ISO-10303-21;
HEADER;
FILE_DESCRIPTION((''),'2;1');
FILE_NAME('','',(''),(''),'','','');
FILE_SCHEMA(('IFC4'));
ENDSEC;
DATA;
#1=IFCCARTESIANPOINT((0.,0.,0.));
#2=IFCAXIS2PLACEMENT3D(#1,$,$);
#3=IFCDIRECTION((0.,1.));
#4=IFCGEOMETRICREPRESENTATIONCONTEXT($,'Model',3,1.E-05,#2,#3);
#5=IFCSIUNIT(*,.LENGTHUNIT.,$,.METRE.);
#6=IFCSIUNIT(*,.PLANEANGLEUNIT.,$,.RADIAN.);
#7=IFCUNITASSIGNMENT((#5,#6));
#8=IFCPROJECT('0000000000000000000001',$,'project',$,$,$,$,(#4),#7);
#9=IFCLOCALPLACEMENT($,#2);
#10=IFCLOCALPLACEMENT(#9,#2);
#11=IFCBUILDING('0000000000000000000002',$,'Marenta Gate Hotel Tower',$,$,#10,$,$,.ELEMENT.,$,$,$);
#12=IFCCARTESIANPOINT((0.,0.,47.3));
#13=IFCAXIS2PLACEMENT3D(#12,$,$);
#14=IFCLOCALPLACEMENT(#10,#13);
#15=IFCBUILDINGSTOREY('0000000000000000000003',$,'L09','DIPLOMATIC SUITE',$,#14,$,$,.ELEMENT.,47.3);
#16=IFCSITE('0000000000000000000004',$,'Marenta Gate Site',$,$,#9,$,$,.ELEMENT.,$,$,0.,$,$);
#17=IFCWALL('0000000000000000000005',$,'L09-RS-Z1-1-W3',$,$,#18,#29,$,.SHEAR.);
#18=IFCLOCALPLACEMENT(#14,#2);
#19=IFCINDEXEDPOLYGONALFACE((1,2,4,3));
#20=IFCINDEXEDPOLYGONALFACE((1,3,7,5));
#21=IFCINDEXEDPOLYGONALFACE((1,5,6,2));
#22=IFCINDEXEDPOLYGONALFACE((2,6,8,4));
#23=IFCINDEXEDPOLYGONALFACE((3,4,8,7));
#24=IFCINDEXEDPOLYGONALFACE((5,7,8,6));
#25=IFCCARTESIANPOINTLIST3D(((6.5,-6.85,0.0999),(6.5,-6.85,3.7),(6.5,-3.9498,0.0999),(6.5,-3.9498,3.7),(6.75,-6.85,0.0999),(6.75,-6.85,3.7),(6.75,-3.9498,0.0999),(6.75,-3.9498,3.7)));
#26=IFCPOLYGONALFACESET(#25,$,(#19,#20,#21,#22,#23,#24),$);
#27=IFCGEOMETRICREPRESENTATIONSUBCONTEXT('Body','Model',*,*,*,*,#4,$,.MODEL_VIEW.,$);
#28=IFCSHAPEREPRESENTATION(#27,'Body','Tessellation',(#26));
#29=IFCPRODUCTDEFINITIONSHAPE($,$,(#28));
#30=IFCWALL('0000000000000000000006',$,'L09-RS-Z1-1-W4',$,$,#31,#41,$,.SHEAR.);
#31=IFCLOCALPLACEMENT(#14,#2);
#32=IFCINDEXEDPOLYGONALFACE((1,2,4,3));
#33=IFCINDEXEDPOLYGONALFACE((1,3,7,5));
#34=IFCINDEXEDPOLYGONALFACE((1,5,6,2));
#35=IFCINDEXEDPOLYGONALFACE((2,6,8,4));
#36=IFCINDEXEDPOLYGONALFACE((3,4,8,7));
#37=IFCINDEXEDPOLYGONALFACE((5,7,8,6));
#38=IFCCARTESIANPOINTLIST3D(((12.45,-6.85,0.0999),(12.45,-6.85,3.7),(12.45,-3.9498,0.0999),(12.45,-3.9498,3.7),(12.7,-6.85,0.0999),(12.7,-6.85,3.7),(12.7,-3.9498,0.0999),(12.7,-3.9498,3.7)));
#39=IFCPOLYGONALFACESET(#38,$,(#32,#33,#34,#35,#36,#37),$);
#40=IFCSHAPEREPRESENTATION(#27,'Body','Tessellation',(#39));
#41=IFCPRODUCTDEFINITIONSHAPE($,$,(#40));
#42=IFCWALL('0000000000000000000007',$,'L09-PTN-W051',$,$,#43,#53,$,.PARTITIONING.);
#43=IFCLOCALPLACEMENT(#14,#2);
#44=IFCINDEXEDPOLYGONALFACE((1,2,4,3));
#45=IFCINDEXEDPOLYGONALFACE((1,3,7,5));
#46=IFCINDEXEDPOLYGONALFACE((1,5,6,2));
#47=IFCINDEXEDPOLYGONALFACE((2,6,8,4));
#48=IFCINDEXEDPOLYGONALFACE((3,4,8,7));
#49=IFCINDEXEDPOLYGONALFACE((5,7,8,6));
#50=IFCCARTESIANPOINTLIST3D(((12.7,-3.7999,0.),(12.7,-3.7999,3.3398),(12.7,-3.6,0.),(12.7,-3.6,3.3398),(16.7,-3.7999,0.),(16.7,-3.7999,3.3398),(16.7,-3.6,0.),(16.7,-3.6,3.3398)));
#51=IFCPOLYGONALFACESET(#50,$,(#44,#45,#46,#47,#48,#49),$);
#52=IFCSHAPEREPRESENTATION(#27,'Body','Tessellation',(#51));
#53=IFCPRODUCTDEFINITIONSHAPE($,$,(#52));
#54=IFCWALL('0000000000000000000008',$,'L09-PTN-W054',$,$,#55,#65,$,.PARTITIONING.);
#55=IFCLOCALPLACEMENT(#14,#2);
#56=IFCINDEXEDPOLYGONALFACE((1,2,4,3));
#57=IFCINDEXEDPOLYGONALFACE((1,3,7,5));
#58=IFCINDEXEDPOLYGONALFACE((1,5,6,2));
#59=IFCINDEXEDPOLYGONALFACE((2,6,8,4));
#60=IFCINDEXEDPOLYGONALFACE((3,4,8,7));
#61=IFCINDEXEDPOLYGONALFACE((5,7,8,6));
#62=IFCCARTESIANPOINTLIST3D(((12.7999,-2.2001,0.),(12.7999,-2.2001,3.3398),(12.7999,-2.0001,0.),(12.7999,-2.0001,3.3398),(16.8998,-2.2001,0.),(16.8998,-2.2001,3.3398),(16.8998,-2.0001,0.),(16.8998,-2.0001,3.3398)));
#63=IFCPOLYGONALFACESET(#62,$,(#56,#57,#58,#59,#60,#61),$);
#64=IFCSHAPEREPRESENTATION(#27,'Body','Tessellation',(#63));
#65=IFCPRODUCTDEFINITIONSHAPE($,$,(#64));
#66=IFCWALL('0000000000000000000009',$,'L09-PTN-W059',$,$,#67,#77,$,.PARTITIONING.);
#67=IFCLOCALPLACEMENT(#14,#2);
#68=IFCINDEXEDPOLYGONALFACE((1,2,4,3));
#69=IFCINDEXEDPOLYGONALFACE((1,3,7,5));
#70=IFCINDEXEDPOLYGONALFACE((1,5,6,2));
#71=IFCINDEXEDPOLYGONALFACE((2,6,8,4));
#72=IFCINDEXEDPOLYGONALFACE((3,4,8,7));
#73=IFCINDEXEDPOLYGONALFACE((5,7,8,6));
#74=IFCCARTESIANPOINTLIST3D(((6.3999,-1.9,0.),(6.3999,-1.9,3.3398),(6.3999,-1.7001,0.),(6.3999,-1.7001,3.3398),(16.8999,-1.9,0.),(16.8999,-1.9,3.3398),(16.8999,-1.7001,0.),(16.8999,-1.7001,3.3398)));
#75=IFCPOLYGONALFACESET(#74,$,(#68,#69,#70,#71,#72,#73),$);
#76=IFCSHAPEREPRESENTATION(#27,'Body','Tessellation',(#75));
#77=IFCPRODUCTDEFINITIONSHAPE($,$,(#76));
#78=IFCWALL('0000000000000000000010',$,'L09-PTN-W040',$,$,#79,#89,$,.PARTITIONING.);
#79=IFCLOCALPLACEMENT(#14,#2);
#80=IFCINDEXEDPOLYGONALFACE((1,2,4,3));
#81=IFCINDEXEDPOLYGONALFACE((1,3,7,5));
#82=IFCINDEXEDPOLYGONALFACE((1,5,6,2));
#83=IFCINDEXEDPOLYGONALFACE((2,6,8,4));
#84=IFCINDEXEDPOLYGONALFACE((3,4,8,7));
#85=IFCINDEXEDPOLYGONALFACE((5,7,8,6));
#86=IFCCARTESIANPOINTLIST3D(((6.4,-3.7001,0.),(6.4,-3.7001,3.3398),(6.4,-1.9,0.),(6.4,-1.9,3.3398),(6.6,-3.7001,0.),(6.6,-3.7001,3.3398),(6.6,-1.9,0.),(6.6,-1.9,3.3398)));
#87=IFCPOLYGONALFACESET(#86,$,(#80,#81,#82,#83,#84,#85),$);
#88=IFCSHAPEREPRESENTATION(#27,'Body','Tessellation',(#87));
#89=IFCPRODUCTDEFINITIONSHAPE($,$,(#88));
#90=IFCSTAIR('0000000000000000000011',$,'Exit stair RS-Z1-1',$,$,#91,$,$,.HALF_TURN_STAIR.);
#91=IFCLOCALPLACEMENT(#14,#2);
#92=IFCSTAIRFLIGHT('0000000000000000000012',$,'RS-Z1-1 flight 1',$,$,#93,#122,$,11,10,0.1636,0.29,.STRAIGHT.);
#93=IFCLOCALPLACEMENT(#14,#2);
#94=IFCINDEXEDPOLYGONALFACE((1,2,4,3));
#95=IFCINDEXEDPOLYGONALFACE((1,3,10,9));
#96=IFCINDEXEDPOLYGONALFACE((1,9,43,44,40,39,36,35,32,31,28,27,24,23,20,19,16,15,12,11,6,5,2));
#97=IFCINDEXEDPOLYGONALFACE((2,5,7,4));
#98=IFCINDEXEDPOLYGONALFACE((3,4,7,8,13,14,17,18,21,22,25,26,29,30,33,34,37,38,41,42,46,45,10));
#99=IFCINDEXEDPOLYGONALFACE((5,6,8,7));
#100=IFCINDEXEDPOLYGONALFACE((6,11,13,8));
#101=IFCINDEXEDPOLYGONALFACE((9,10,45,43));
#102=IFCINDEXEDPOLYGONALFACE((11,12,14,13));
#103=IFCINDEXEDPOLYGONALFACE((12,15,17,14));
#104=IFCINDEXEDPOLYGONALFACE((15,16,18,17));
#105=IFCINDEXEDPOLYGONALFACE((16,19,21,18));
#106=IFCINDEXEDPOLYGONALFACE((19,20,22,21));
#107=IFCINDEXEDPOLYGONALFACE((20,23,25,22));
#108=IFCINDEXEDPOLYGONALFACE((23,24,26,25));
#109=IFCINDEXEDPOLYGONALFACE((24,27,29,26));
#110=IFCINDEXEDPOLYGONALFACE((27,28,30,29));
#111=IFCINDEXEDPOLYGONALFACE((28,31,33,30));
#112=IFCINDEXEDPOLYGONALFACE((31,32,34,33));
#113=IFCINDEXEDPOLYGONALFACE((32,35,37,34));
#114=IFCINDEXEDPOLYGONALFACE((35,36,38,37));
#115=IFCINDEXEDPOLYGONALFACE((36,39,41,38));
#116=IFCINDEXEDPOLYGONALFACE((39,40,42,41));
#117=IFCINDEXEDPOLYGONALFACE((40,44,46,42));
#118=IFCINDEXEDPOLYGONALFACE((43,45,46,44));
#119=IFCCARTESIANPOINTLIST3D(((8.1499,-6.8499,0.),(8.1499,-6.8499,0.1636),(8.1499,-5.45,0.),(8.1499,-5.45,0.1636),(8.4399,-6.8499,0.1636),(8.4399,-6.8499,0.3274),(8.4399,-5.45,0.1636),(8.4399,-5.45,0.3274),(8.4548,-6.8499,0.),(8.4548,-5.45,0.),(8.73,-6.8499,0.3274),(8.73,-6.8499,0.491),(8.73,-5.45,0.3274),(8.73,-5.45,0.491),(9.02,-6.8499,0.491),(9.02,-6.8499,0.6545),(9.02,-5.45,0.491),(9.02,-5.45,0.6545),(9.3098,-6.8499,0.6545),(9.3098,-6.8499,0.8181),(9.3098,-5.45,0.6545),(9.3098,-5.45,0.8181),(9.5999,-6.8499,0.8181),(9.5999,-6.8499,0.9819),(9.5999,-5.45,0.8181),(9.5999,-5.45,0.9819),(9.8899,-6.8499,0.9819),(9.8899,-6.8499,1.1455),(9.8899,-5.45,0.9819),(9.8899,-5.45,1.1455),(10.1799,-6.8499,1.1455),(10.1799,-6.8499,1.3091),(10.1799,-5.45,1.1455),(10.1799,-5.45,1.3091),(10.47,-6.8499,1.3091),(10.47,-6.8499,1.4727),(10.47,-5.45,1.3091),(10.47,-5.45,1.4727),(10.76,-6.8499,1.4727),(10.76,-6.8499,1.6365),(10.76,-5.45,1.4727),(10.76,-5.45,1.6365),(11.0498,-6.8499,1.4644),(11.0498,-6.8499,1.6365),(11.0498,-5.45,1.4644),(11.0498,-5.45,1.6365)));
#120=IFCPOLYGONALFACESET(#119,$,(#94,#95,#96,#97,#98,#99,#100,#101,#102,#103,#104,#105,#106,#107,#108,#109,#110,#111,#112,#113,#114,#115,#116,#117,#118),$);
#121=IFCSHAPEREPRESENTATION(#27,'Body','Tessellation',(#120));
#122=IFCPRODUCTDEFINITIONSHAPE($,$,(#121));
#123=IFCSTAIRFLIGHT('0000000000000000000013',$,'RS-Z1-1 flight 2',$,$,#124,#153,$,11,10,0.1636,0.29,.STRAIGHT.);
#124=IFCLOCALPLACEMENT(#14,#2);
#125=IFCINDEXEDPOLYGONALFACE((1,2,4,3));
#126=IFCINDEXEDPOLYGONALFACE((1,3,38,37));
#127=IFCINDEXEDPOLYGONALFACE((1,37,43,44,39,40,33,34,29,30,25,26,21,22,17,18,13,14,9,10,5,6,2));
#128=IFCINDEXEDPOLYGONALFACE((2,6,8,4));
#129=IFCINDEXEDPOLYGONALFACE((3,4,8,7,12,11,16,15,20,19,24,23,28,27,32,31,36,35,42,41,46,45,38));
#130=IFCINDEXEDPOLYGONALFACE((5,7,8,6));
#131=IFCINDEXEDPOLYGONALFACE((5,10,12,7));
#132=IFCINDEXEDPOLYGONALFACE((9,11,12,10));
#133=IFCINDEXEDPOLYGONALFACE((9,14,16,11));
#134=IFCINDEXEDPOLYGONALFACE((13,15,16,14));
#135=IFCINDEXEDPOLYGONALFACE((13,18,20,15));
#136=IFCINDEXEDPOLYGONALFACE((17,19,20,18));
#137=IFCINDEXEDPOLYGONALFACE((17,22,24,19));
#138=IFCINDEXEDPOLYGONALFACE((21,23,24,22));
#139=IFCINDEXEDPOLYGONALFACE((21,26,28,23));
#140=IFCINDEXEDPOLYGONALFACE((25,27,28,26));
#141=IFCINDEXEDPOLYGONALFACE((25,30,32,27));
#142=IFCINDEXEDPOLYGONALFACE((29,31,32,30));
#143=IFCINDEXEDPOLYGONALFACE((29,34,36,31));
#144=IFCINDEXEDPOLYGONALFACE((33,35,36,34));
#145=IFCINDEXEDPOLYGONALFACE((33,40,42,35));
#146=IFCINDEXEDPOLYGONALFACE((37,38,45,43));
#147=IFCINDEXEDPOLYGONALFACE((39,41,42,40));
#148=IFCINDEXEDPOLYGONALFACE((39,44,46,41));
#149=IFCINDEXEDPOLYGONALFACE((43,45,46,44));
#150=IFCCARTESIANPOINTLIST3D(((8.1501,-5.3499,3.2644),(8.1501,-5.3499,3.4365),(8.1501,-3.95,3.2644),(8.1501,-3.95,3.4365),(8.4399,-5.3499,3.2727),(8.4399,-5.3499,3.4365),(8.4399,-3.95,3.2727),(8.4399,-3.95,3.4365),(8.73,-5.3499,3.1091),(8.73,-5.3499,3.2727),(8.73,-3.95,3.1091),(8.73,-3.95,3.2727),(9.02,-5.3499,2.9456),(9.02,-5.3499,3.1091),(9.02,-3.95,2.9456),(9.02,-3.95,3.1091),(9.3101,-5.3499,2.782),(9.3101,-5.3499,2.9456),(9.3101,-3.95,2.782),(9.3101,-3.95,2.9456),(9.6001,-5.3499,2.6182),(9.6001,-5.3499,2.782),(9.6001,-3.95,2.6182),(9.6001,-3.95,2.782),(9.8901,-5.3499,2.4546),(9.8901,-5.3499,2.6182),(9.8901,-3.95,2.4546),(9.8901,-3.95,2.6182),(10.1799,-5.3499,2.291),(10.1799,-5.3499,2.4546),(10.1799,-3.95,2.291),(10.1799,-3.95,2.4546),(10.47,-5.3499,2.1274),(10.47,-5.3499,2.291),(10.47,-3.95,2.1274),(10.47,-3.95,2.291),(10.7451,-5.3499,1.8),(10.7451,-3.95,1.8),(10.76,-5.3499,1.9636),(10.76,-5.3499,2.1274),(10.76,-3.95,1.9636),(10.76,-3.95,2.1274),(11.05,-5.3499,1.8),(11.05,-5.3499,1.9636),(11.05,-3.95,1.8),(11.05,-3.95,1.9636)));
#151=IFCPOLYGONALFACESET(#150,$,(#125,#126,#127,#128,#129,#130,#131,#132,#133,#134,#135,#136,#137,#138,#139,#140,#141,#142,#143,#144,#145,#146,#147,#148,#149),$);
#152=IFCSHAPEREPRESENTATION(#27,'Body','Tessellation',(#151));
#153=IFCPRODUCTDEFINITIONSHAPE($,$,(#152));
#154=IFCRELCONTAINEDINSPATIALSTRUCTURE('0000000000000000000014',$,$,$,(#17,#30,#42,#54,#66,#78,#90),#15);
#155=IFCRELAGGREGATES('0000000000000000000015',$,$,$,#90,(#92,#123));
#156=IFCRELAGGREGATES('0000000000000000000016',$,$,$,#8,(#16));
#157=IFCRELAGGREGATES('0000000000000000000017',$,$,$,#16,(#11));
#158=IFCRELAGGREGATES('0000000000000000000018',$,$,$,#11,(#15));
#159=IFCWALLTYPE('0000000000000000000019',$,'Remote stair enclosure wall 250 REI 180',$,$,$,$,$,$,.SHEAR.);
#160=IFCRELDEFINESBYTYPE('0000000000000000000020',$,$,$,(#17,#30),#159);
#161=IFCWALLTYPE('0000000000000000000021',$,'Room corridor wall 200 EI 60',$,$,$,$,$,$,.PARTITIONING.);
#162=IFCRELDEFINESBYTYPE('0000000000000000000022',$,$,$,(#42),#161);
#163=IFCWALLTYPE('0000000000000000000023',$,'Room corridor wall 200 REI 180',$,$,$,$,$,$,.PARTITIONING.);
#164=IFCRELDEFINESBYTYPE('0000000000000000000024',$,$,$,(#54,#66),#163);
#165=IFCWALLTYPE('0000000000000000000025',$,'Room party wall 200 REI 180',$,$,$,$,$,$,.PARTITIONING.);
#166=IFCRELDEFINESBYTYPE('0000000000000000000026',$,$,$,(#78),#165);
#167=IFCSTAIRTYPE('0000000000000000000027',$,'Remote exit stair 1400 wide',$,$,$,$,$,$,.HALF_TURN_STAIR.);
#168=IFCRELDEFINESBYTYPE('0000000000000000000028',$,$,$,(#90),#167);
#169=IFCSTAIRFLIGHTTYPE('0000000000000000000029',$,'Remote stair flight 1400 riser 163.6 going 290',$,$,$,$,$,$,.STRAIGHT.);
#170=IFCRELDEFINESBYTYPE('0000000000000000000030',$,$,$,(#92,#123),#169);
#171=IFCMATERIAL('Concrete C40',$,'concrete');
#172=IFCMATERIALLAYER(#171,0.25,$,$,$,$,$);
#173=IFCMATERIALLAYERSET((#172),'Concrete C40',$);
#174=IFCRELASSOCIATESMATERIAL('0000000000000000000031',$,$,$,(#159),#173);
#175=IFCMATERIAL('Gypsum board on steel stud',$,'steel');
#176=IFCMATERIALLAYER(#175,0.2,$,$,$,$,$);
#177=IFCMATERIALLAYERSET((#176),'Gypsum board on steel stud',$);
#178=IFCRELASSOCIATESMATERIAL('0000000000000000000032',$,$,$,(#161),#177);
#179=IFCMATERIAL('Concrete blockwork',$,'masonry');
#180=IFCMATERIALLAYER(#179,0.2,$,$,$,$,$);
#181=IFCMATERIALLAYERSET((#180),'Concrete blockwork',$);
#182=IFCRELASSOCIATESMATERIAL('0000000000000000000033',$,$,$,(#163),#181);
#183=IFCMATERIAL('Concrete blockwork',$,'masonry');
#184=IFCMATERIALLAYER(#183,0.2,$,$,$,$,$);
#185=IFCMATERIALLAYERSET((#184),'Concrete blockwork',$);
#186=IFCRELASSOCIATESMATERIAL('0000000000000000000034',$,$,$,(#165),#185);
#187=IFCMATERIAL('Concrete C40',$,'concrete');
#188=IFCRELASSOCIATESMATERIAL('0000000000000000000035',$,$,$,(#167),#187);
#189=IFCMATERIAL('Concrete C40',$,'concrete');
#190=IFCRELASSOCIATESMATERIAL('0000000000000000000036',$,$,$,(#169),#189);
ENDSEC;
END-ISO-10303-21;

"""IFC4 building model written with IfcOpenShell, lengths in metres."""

from ifc_helpers import new_model, si_unit, direction, frame, frame_2d, origin, place, context, subcontext, project, spatial, polyline, rectangle, outline, extrude, material, layer, layer_set, type_object, element, aggregate, save


model = new_model("IFC4")

# Units and contexts
model_context = context("Model", 3, precision=1e-05, world=origin(), true_north=direction((0.0, 1.0)))
body_context = subcontext(model_context, "Body", "Model", "MODEL_VIEW")
ifc_project = project(units=[si_unit("LENGTHUNIT", "METRE"), si_unit("PLANEANGLEUNIT", "RADIAN")], contexts=[model_context])

# Site, building, storey
site_placement = place(None, origin())
site = spatial("IfcSite", under=ifc_project, at=site_placement, Name="Marenta Gate Site", CompositionType="ELEMENT", RefElevation=0.0)
building_placement = place(site_placement, origin())
building = spatial("IfcBuilding", under=site, at=building_placement, Name="Marenta Gate Hotel Tower", CompositionType="ELEMENT")
storey_placement = place(building_placement, frame((0.0, 0.0, 47.3)))
storey = spatial("IfcBuildingStorey", under=building, at=storey_placement, Name="L09", Description="DIPLOMATIC SUITE", CompositionType="ELEMENT", Elevation=47.3)

# Shared definitions
ifc_material_1 = material(Name="Concrete C40", Category="concrete")
ifc_layer_1 = layer(ifc_material_1, 0.25)
ifc_layer_set_1 = layer_set([ifc_layer_1], Name="Concrete C40")
wall_type_1 = type_object("IfcWallType", Name="Remote stair enclosure wall 250 REI 180", PredefinedType="SHEAR", material=ifc_layer_set_1)

# Walls
for number, where, z_axis, x_axis, name in (
    (1, (6.625, -6.8501, 0.0999), (0.0, 0.0, 1.0), (0.0, 1.0, 0.0), "L09-RS-Z1-1-W3"),
    (2, (12.575, -6.8501, 0.0999), (0.0, 0.0, 1.0), (0.0, 1.0, 0.0), "L09-RS-Z1-1-W4"),
):
    element("IfcWall", number, at=place(storey_placement, frame(where, z_axis=z_axis, x_axis=x_axis)), inside=storey, type_object=wall_type_1, Name=name, PredefinedType="SHEAR", context=body_context, shape_type="SweptSolid", body=[
        extrude(rectangle(XDim=2.9001, YDim=0.25, at=frame_2d((1.4502, 0.0))), origin(), (0.0, 0.0, 1.0), 3.6001),
    ])
ifc_material_2 = material(Name="Gypsum board on steel stud", Category="steel")
ifc_layer_2 = layer(ifc_material_2, 0.2)
ifc_layer_set_2 = layer_set([ifc_layer_2], Name="Gypsum board on steel stud")
wall_type_2 = type_object("IfcWallType", Name="Room corridor wall 200 EI 60", PredefinedType="PARTITIONING", material=ifc_layer_set_2)
wall_1_placement = place(storey_placement, frame((12.7, -3.7, 0.0), z_axis=(0.0, 0.0, 1.0), x_axis=(1.0, 0.0, 0.0)))
element("IfcWall", 3, at=wall_1_placement, inside=storey, type_object=wall_type_2, Name="L09-PTN-W051", PredefinedType="PARTITIONING", context=body_context, shape_type="SweptSolid", body=[
    extrude(rectangle(XDim=4.0, YDim=0.2, at=frame_2d((2.0, 0.0))), origin(), (0.0, 0.0, 1.0), 3.3398),
])

# Shared definitions
ifc_material_3 = material(Name="Concrete blockwork", Category="masonry")
ifc_layer_3 = layer(ifc_material_3, 0.2)
ifc_layer_set_3 = layer_set([ifc_layer_3], Name="Concrete blockwork")
wall_type_3 = type_object("IfcWallType", Name="Room corridor wall 200 REI 180", PredefinedType="PARTITIONING", material=ifc_layer_set_3)

# Walls
wall_2_placement = place(storey_placement, frame((12.8, -2.1001, 0.0), z_axis=(0.0, 0.0, 1.0), x_axis=(1.0, 0.0, 0.0)))
element("IfcWall", 4, at=wall_2_placement, inside=storey, type_object=wall_type_3, Name="L09-PTN-W054", PredefinedType="PARTITIONING", context=body_context, shape_type="SweptSolid", body=[
    extrude(rectangle(XDim=4.0999, YDim=0.2, at=frame_2d((2.0498, 0.0))), origin(), (0.0, 0.0, 1.0), 3.3398),
])
wall_3_placement = place(storey_placement, frame((6.3999, -1.8, 0.0), z_axis=(0.0, 0.0, 1.0), x_axis=(1.0, 0.0, 0.0)))
element("IfcWall", 5, at=wall_3_placement, inside=storey, type_object=wall_type_3, Name="L09-PTN-W059", PredefinedType="PARTITIONING", context=body_context, shape_type="SweptSolid", body=[
    extrude(rectangle(XDim=10.5, YDim=0.2, at=frame_2d((5.25, 0.0))), origin(), (0.0, 0.0, 1.0), 3.3398),
])
ifc_material_4 = material(Name="Concrete blockwork", Category="masonry")
ifc_layer_4 = layer(ifc_material_4, 0.2)
ifc_layer_set_4 = layer_set([ifc_layer_4], Name="Concrete blockwork")
wall_type_4 = type_object("IfcWallType", Name="Room party wall 200 REI 180", PredefinedType="PARTITIONING", material=ifc_layer_set_4)
wall_4_placement = place(storey_placement, frame((6.5, -3.7, 0.0), z_axis=(0.0, 0.0, 1.0), x_axis=(0.0, 1.0, 0.0)))
element("IfcWall", 6, at=wall_4_placement, inside=storey, type_object=wall_type_4, Name="L09-PTN-W040", PredefinedType="PARTITIONING", context=body_context, shape_type="SweptSolid", body=[
    extrude(rectangle(XDim=1.8, YDim=0.2, at=frame_2d((0.8999, 0.0))), origin(), (0.0, 0.0, 1.0), 3.3398),
])

# Stair, stair flights
ifc_material_5 = material(Name="Concrete C40", Category="concrete")
stair_type = type_object("IfcStairType", Name="Remote exit stair 1400 wide", PredefinedType="HALF_TURN_STAIR", material=ifc_material_5)
stair_placement = place(storey_placement, origin())
stair = element("IfcStair", 7, at=stair_placement, inside=storey, type_object=stair_type, Name="Exit stair RS-Z1-1", PredefinedType="HALF_TURN_STAIR")
ifc_material_6 = material(Name="Concrete C40", Category="concrete")
stair_flight_type = type_object("IfcStairFlightType", Name="Remote stair flight 1400 riser 163.6 going 290", PredefinedType="STRAIGHT", material=ifc_material_6)
stair_flight_1_placement = place(storey_placement, frame((8.1499, -6.1499, 0.0), z_axis=(0.0, 0.0, 1.0), x_axis=(1.0, 0.0, 0.0)))
stair_flight_1 = element("IfcStairFlight", 8, at=stair_flight_1_placement, type_object=stair_flight_type, Name="RS-Z1-1 flight 1", NumberOfRisers=11, NumberOfTreads=10, PredefinedType="STRAIGHT", RiserHeight=0.1636, TreadLength=0.29, context=body_context, shape_type="SweptSolid", body=[
    extrude(outline(polyline([(0.0, 0.0), (0.0, 0.1636), (0.29, 0.1636), (0.29, 0.3274), (0.5801, 0.3274), (0.5801, 0.491), (0.8701, 0.491), (0.8701, 0.6545), (1.1599, 0.6545), (1.1599, 0.8181), (1.45, 0.8181), (1.45, 0.9819), (1.74, 0.9819), (1.74, 1.1455), (2.03, 1.1455), (2.03, 1.3091), (2.3201, 1.3091), (2.3201, 1.4727), (2.6101, 1.4727), (2.6101, 1.6365), (2.8999, 1.6365), (2.8999, 1.8), (2.8999, 1.4644), (0.3049, 0.0), (0.0, 0.0)])), frame((0.0, 0.7, 0.0), z_axis=(0.0, -1.0, 0.0), x_axis=(1.0, 0.0, 0.0)), (0.0, 0.0, 1.0), 1.3999),
])
stair_flight_2_placement = place(storey_placement, frame((11.05, -4.6499, 1.8), z_axis=(0.0, 0.0, 1.0), x_axis=(-1.0, 0.0, 0.0)))
stair_flight_2 = element("IfcStairFlight", 9, at=stair_flight_2_placement, type_object=stair_flight_type, Name="RS-Z1-1 flight 2", NumberOfRisers=11, NumberOfTreads=10, PredefinedType="STRAIGHT", RiserHeight=0.1636, TreadLength=0.29, context=body_context, shape_type="SweptSolid", body=[
    extrude(outline(polyline([(0.0, 0.0), (0.0, 0.1636), (0.29, 0.1636), (0.29, 0.3274), (0.5801, 0.3274), (0.5801, 0.491), (0.8701, 0.491), (0.8701, 0.6545), (1.1599, 0.6545), (1.1599, 0.8181), (1.45, 0.8181), (1.45, 0.9819), (1.74, 0.9819), (1.74, 1.1455), (2.03, 1.1455), (2.03, 1.3091), (2.3201, 1.3091), (2.3201, 1.4727), (2.6101, 1.4727), (2.6101, 1.6365), (2.8999, 1.6365), (2.8999, 1.8), (2.8999, 1.4644), (0.3049, 0.0), (0.0, 0.0)])), frame((0.0, 0.7, 0.0), z_axis=(0.0, -1.0, 0.0), x_axis=(1.0, 0.0, 0.0)), (0.0, 0.0, 1.0), 1.3999),
])
aggregate(stair, [stair_flight_1, stair_flight_2])

save(model, "model.ifc")
